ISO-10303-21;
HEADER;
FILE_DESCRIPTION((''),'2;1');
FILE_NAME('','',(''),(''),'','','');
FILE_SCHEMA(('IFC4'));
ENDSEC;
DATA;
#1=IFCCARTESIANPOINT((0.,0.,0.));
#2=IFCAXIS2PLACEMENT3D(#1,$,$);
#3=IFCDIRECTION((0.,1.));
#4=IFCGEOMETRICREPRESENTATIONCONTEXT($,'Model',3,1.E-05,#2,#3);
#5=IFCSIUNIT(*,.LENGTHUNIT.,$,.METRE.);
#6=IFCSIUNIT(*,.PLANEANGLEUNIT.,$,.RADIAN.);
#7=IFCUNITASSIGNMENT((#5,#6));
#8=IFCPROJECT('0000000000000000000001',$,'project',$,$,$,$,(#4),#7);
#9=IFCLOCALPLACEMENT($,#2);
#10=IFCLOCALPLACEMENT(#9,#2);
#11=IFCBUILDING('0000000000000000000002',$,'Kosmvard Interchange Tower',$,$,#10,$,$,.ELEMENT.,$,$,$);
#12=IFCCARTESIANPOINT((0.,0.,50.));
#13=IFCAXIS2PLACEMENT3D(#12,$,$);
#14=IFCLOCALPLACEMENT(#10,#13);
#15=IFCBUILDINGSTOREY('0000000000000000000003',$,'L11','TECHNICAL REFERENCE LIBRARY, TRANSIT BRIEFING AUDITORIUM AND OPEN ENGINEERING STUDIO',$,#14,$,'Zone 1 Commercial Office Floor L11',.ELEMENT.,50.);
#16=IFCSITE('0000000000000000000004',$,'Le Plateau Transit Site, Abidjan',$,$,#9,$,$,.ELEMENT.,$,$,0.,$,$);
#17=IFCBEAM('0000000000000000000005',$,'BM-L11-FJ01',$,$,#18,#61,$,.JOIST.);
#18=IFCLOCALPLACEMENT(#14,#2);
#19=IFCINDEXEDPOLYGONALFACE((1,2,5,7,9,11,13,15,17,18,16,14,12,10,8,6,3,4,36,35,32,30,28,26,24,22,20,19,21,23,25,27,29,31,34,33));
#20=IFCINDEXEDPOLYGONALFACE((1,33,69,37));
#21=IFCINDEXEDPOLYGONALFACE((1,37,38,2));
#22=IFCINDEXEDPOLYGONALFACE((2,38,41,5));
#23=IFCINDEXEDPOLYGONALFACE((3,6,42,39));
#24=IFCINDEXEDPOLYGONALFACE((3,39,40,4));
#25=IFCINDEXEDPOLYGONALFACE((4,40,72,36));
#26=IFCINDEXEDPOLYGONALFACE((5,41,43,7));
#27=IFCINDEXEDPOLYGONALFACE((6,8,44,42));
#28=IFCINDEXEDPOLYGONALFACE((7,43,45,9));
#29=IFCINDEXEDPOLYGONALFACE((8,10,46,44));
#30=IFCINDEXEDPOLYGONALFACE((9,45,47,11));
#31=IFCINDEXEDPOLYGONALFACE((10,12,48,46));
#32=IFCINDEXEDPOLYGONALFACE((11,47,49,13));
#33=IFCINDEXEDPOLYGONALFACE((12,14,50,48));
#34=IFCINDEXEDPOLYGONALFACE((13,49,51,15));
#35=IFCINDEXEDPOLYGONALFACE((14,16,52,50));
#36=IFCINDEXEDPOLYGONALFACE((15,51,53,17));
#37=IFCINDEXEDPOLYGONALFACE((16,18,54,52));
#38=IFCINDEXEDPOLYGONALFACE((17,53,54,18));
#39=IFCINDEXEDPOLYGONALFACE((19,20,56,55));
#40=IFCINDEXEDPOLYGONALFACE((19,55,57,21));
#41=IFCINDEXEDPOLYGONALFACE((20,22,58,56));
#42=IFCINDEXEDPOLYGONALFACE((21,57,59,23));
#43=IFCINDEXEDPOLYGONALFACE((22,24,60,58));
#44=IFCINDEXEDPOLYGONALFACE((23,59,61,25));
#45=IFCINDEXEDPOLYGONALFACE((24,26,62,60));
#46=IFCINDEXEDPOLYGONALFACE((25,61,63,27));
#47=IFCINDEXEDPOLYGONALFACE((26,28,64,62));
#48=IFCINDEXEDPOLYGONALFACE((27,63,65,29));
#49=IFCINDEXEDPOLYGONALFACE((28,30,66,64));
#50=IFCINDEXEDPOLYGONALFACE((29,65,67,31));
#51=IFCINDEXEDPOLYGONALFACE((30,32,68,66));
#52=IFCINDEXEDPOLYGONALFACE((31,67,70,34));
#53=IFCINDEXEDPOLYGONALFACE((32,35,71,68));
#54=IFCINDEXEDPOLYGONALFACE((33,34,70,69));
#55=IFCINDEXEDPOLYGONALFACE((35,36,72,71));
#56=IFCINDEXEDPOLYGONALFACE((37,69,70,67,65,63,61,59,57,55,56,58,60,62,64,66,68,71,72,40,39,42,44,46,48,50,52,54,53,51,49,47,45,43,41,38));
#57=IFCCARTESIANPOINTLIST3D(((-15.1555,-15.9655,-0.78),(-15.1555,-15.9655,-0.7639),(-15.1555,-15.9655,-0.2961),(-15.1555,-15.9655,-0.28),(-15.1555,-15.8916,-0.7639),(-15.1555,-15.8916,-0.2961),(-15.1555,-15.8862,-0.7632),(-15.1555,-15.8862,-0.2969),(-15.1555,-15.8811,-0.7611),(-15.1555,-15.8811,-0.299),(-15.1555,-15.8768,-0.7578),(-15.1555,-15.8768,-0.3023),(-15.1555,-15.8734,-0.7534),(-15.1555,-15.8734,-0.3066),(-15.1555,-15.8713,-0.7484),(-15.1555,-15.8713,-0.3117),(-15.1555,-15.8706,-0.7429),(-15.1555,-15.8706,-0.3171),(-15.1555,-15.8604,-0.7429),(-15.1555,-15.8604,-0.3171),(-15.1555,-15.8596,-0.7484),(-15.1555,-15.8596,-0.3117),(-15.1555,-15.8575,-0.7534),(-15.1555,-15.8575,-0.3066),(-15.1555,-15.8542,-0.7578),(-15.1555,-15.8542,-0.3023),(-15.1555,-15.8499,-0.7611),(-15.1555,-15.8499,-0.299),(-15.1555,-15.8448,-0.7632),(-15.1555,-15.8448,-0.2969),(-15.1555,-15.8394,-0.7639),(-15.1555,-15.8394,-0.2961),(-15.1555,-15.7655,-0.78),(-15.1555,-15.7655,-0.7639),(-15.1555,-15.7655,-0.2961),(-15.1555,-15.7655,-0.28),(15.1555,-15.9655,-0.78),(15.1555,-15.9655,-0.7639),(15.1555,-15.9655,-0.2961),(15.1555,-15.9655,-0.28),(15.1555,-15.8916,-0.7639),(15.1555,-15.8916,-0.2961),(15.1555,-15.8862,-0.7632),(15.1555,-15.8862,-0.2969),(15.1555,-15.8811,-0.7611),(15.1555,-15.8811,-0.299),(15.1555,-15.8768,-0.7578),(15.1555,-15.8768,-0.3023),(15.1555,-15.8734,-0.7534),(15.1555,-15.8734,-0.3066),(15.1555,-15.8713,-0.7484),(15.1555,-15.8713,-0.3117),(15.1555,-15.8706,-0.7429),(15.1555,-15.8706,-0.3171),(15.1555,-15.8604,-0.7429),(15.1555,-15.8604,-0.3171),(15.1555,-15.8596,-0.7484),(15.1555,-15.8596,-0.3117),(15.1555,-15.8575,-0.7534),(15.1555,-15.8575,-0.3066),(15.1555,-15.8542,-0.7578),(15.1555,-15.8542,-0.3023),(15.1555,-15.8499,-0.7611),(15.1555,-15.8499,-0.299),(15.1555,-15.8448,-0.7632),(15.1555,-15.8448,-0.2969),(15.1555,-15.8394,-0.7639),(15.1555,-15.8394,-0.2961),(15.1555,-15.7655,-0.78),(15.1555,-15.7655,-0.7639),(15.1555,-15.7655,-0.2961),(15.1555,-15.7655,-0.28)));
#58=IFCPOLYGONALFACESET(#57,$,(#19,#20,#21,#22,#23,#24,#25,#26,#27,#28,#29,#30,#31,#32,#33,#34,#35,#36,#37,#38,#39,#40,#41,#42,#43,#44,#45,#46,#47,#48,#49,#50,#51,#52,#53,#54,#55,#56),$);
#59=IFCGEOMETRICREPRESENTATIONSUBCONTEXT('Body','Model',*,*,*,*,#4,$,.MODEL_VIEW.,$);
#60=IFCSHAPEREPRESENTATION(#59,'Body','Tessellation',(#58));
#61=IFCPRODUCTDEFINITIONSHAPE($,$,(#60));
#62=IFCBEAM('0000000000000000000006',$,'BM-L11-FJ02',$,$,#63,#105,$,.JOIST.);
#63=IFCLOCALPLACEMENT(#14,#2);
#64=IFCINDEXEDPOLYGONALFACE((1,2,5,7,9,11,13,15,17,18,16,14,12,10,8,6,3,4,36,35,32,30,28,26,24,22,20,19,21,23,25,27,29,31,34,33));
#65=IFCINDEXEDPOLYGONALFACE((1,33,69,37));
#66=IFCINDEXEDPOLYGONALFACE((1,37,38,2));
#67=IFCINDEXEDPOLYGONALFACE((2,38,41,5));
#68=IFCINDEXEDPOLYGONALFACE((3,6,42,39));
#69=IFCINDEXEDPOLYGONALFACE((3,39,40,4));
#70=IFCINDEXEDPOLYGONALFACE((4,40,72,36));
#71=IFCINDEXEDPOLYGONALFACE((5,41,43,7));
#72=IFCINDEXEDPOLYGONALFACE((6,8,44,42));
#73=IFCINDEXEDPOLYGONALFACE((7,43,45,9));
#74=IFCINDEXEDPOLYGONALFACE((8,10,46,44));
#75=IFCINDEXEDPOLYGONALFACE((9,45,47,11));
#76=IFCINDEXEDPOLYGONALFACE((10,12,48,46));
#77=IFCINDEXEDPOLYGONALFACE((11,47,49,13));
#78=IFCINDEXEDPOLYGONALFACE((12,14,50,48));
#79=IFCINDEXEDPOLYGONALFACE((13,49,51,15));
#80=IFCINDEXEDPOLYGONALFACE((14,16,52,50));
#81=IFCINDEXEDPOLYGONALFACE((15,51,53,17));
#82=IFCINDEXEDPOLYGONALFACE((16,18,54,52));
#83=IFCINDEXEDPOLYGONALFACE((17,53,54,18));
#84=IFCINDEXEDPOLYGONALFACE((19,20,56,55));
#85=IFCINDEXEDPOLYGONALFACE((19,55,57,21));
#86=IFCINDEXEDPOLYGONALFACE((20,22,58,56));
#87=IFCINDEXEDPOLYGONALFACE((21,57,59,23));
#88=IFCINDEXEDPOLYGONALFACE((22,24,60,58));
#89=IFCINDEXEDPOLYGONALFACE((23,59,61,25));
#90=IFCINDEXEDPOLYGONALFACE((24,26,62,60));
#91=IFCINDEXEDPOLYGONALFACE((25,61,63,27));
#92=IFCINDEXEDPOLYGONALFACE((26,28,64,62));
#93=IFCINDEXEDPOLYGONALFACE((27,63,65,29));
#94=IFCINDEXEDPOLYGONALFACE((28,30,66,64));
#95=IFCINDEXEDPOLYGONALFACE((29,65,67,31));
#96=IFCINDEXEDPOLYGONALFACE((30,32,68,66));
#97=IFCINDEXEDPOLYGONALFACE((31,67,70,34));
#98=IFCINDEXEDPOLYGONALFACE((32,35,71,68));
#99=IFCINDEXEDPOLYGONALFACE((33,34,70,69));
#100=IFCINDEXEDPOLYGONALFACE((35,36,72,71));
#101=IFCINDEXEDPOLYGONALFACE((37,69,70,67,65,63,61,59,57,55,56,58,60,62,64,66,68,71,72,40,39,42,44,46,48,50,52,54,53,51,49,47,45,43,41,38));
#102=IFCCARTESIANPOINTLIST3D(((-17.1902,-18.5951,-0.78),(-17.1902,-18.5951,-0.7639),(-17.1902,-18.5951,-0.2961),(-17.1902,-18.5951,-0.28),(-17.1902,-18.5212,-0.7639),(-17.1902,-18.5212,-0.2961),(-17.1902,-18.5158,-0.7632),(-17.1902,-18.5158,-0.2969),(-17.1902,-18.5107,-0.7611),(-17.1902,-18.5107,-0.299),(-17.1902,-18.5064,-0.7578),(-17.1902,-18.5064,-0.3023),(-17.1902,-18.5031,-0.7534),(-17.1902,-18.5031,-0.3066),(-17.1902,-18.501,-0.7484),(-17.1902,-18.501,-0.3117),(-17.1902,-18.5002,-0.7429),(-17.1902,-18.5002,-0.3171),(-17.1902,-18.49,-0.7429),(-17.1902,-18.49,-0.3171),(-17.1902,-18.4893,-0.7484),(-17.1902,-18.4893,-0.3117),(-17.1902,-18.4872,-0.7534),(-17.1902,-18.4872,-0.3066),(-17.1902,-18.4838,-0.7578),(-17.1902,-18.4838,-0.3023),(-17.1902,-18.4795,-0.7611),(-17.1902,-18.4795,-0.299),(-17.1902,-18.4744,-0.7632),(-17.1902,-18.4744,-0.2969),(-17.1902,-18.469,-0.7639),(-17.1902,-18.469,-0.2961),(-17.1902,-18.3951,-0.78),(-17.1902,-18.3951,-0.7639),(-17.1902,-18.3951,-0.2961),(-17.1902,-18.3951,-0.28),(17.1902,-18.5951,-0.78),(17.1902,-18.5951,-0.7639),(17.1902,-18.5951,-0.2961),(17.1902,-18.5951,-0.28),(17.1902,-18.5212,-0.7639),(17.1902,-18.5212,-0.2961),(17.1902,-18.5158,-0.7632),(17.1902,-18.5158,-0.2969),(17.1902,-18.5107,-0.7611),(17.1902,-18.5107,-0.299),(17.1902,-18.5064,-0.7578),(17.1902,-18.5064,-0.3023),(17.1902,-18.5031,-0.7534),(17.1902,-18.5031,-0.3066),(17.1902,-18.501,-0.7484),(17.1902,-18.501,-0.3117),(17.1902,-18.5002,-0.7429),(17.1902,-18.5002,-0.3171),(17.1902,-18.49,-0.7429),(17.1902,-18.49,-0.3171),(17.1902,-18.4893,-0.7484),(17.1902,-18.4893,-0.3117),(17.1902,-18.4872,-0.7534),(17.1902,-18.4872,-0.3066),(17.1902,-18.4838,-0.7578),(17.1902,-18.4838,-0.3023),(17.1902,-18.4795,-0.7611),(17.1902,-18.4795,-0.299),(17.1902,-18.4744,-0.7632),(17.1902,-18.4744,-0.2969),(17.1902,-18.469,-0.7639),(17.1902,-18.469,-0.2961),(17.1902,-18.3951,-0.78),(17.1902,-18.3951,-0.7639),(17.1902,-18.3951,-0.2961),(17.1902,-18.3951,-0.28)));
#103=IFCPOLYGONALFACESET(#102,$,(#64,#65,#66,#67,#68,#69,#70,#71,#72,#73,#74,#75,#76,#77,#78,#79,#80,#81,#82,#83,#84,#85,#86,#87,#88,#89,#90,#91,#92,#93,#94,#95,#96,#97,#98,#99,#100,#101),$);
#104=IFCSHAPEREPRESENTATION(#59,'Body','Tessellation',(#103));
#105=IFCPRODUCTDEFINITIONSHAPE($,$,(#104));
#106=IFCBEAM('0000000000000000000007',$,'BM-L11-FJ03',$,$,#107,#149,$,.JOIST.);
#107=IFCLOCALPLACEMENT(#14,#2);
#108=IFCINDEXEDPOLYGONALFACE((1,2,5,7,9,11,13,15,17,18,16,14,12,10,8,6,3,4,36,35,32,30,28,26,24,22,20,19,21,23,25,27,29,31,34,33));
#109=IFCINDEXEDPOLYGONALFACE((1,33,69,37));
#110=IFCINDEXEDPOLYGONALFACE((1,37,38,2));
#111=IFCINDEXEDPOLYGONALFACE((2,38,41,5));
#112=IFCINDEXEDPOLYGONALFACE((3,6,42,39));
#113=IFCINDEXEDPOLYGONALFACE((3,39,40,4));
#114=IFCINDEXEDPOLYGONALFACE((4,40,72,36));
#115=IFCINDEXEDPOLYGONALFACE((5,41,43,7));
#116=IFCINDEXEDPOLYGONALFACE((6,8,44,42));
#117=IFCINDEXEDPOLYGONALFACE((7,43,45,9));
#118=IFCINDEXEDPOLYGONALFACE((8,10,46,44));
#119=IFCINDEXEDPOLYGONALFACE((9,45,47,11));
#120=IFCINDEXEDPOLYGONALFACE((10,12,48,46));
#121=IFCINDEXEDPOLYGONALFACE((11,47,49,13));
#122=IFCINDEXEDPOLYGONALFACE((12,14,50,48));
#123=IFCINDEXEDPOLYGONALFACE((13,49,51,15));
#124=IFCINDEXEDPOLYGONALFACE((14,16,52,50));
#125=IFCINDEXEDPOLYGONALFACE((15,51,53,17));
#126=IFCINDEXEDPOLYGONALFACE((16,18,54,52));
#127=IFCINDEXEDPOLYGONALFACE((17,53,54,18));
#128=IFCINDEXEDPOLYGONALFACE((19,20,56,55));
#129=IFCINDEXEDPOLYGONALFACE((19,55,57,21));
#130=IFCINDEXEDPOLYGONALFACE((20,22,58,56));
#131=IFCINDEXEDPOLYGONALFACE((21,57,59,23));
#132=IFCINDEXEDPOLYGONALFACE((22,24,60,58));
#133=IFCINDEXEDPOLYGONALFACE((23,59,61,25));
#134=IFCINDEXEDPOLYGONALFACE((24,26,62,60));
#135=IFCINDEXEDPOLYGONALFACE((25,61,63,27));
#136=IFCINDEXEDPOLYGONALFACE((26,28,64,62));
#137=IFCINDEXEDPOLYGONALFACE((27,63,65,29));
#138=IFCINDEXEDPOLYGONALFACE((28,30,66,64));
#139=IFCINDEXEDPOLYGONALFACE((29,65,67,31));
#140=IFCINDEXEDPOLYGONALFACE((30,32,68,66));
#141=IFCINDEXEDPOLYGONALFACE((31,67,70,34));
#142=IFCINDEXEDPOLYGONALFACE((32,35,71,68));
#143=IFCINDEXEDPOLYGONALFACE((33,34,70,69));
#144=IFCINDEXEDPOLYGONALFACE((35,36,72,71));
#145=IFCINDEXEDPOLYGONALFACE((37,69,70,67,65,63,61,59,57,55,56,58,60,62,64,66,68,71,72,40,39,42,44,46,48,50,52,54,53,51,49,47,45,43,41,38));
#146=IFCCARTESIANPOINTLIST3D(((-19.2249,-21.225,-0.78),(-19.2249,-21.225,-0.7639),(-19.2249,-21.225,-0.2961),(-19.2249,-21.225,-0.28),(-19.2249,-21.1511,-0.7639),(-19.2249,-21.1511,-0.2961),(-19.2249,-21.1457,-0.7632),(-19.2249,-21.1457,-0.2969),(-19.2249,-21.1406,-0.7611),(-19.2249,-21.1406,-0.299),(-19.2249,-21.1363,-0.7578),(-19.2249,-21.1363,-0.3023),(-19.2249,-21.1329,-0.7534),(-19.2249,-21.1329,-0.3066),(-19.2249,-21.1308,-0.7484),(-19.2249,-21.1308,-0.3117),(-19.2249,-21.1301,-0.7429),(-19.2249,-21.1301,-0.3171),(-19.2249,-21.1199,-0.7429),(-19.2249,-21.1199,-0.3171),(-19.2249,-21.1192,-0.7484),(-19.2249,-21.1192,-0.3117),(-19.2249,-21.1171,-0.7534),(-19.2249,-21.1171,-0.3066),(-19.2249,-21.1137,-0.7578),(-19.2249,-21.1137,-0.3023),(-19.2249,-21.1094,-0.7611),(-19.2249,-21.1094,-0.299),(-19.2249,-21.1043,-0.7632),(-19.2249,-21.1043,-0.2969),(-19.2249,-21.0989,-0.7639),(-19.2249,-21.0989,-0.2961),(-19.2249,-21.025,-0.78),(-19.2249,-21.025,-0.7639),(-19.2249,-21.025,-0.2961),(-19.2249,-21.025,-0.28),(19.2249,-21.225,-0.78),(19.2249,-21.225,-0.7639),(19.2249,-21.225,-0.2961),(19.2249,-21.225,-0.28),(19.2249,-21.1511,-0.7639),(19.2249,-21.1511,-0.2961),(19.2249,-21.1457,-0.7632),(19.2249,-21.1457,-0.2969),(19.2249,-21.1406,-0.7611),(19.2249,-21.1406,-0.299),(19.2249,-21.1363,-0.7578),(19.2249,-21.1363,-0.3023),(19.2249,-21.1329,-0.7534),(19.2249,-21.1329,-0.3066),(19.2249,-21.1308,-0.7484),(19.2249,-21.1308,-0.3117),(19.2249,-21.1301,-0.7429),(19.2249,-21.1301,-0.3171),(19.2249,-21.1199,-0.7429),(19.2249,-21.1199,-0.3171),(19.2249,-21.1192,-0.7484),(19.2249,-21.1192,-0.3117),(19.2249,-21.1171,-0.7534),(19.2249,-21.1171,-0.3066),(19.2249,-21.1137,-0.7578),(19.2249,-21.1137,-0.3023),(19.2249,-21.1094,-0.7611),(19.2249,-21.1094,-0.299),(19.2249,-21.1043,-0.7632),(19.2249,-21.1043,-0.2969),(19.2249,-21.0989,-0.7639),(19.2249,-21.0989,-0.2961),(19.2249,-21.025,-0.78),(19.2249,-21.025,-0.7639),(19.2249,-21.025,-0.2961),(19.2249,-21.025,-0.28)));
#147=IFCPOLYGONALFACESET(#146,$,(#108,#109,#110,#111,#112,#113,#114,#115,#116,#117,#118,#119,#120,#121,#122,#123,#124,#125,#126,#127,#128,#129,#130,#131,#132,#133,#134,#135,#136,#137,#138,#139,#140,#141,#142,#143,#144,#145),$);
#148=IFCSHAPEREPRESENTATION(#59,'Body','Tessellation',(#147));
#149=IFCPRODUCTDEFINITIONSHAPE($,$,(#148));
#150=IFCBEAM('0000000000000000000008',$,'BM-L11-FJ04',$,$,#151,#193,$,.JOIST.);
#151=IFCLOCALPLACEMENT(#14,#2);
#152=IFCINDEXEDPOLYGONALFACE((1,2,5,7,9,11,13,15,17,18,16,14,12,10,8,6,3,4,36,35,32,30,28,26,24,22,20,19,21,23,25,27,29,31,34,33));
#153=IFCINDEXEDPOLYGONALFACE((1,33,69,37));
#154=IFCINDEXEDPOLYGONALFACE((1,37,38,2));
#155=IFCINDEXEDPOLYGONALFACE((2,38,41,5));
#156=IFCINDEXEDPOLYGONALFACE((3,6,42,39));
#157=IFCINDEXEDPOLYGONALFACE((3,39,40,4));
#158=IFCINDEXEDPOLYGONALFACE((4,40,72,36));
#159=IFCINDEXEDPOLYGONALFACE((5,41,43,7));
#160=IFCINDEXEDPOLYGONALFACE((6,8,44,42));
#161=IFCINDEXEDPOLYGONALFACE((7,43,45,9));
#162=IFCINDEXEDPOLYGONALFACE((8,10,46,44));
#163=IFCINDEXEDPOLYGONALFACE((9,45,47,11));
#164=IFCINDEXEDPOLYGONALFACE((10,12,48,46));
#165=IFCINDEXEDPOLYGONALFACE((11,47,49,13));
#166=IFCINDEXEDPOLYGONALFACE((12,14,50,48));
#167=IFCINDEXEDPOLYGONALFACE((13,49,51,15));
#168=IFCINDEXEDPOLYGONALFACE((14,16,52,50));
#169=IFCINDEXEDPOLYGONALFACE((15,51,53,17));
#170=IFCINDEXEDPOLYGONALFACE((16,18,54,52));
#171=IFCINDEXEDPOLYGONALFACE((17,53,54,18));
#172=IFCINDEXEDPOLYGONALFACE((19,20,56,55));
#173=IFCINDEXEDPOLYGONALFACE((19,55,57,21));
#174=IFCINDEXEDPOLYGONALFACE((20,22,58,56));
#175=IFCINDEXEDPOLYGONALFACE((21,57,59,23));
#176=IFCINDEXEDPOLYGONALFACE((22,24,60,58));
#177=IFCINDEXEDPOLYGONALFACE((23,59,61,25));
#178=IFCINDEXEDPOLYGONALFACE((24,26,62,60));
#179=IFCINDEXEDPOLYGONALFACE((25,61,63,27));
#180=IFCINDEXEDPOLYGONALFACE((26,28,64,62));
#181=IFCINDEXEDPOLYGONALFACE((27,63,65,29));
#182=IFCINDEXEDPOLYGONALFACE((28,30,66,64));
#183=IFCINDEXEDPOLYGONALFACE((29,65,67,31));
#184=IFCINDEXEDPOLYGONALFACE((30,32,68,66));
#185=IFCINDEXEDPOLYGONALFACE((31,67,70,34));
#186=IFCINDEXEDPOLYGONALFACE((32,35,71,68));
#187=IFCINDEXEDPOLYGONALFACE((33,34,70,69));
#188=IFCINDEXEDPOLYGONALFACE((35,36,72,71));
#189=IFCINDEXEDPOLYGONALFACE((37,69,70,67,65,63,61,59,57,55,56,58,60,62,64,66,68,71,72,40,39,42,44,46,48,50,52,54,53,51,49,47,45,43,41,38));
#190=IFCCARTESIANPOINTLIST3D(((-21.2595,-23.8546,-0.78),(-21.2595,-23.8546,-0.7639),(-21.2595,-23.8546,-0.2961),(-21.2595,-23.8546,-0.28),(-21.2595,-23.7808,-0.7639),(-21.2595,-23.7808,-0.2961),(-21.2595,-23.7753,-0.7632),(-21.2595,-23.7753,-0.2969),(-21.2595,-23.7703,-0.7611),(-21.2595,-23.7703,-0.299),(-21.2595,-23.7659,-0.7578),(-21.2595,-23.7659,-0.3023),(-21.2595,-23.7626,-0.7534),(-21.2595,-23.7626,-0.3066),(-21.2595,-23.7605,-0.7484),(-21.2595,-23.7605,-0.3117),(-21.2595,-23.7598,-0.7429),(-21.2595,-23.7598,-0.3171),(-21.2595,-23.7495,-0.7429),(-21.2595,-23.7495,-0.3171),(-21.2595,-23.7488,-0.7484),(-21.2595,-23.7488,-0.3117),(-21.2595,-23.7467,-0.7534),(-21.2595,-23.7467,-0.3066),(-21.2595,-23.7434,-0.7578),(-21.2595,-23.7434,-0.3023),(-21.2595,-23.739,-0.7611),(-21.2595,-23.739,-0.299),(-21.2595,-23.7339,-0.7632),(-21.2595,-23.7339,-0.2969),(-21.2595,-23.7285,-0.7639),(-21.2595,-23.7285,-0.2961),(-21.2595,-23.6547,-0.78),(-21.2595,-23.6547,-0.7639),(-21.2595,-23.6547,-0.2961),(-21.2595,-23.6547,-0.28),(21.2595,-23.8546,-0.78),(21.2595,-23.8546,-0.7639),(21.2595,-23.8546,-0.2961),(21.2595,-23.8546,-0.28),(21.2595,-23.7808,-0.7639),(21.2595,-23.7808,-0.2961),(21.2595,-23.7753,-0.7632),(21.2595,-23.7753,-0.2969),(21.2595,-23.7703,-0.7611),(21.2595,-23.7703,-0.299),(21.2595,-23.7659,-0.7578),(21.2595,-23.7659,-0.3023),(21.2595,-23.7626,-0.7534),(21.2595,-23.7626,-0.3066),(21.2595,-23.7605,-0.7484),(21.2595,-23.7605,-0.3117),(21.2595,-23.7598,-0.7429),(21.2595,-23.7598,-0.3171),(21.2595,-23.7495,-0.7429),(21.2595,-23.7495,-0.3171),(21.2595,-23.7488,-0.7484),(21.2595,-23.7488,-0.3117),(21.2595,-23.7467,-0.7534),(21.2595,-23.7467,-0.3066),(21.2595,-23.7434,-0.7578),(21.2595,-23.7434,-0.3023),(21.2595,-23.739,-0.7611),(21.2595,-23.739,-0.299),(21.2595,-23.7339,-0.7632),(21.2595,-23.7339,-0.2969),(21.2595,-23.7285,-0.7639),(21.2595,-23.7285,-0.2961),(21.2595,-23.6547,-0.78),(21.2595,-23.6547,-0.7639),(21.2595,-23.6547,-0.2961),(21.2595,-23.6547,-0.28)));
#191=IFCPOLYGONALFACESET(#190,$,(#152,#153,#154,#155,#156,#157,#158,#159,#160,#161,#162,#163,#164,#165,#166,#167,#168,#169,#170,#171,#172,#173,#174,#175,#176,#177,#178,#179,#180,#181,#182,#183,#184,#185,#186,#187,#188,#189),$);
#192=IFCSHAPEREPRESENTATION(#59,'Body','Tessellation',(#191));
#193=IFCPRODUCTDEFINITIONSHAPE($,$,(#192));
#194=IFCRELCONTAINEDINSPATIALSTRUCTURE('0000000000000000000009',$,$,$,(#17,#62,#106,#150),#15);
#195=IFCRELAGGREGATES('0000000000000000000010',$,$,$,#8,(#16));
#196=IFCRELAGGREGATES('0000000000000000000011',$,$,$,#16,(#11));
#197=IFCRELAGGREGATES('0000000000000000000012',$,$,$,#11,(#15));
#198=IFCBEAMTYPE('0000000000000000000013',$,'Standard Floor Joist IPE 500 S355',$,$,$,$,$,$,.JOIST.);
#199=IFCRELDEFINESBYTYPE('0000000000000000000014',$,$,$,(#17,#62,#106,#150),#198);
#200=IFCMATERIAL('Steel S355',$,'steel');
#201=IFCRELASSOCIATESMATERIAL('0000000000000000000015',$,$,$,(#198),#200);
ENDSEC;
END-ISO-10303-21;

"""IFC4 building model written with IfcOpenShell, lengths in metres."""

from ifc_helpers import new_model, si_unit, direction, frame, origin, origin_2d, place, context, subcontext, project, spatial, i_section, extrude, source, transform, mapped, material, material_profile, profile_set, type_object, element, save


model = new_model("IFC4")

# Units and contexts
model_context = context("Model", 3, precision=1e-05, world=origin(), true_north=direction((0.0, 1.0)))
body_context = subcontext(model_context, "Body", "Model", "MODEL_VIEW")
ifc_project = project(units=[si_unit("LENGTHUNIT", "METRE"), si_unit("PLANEANGLEUNIT", "RADIAN")], contexts=[model_context])

# Site, building, storey
site_placement = place(None, origin())
site = spatial("IfcSite", under=ifc_project, at=site_placement, Name="Le Plateau Transit Site, Abidjan", CompositionType="ELEMENT", RefElevation=0.0)
building_placement = place(site_placement, origin())
building = spatial("IfcBuilding", under=site, at=building_placement, Name="Kosmvard Interchange Tower", CompositionType="ELEMENT")
storey_placement = place(building_placement, frame((0.0, 0.0, 50.0)))
storey = spatial("IfcBuildingStorey", under=building, at=storey_placement, Name="L11", Description="TECHNICAL REFERENCE LIBRARY, TRANSIT BRIEFING AUDITORIUM AND OPEN ENGINEERING STUDIO", LongName="Zone 1 Commercial Office Floor L11", CompositionType="ELEMENT", Elevation=50.0)

# Beams
ifc_material_1 = material(Name="Steel S355", Category="steel")
ifc_material_profile_1 = material_profile(ifc_material_1, i_section(OverallWidth=0.2, OverallDepth=0.5, WebThickness=0.0103, FlangeThickness=0.0161, FilletRadius=0.021, at=origin_2d()), Name="IPE 500")
ifc_profile_set_1 = profile_set([ifc_material_profile_1], Name="Steel S355")
beam_type_1 = type_object("IfcBeamType", Name="Standard Floor Joist IPE 500 S355", PredefinedType="JOIST", material=ifc_profile_set_1)
shared_shape_1 = source(origin(), body_context, "Body", "SweptSolid", [
    extrude(i_section(OverallWidth=0.2, OverallDepth=0.5, WebThickness=0.0103, FlangeThickness=0.0161, FilletRadius=0.021, at=origin_2d()), origin(), (0.0, 0.0, 1.0), 30.311),
])
beam_1_placement = place(storey_placement, frame((-15.1555, -15.8655, -0.53), z_axis=(1.0, 0.0, 0.0), x_axis=(0.0, 1.0, 0.0)))
element("IfcBeam", 1, at=beam_1_placement, inside=storey, type_object=beam_type_1, Name="BM-L11-FJ01", PredefinedType="JOIST", context=body_context, shape_type="MappedRepresentation", body=[
    mapped(shared_shape_1, transform((0.0, 0.0, 0.0), scale=1.0)),
])
shared_shape_2 = source(origin(), body_context, "Body", "SweptSolid", [
    extrude(i_section(OverallWidth=0.2, OverallDepth=0.5, WebThickness=0.0103, FlangeThickness=0.0161, FilletRadius=0.021, at=origin_2d()), origin(), (0.0, 0.0, 1.0), 34.3804),
])
beam_2_placement = place(storey_placement, frame((-17.1902, -18.4951, -0.53), z_axis=(1.0, 0.0, 0.0), x_axis=(0.0, 1.0, 0.0)))
element("IfcBeam", 2, at=beam_2_placement, inside=storey, type_object=beam_type_1, Name="BM-L11-FJ02", PredefinedType="JOIST", context=body_context, shape_type="MappedRepresentation", body=[
    mapped(shared_shape_2, transform((0.0, 0.0, 0.0), scale=1.0)),
])
shared_shape_3 = source(origin(), body_context, "Body", "SweptSolid", [
    extrude(i_section(OverallWidth=0.2, OverallDepth=0.5, WebThickness=0.0103, FlangeThickness=0.0161, FilletRadius=0.021, at=origin_2d()), origin(), (0.0, 0.0, 1.0), 38.4497),
])
beam_3_placement = place(storey_placement, frame((-19.2249, -21.125, -0.53), z_axis=(1.0, 0.0, 0.0), x_axis=(0.0, 1.0, 0.0)))
element("IfcBeam", 3, at=beam_3_placement, inside=storey, type_object=beam_type_1, Name="BM-L11-FJ03", PredefinedType="JOIST", context=body_context, shape_type="MappedRepresentation", body=[
    mapped(shared_shape_3, transform((0.0, 0.0, 0.0), scale=1.0)),
])
shared_shape_4 = source(origin(), body_context, "Body", "SweptSolid", [
    extrude(i_section(OverallWidth=0.2, OverallDepth=0.5, WebThickness=0.0103, FlangeThickness=0.0161, FilletRadius=0.021, at=origin_2d()), origin(), (0.0, 0.0, 1.0), 42.519),
])
beam_4_placement = place(storey_placement, frame((-21.2595, -23.7546, -0.53), z_axis=(1.0, 0.0, 0.0), x_axis=(0.0, 1.0, 0.0)))
element("IfcBeam", 4, at=beam_4_placement, inside=storey, type_object=beam_type_1, Name="BM-L11-FJ04", PredefinedType="JOIST", context=body_context, shape_type="MappedRepresentation", body=[
    mapped(shared_shape_4, transform((0.0, 0.0, 0.0), scale=1.0)),
])

save(model, "model.ifc")
